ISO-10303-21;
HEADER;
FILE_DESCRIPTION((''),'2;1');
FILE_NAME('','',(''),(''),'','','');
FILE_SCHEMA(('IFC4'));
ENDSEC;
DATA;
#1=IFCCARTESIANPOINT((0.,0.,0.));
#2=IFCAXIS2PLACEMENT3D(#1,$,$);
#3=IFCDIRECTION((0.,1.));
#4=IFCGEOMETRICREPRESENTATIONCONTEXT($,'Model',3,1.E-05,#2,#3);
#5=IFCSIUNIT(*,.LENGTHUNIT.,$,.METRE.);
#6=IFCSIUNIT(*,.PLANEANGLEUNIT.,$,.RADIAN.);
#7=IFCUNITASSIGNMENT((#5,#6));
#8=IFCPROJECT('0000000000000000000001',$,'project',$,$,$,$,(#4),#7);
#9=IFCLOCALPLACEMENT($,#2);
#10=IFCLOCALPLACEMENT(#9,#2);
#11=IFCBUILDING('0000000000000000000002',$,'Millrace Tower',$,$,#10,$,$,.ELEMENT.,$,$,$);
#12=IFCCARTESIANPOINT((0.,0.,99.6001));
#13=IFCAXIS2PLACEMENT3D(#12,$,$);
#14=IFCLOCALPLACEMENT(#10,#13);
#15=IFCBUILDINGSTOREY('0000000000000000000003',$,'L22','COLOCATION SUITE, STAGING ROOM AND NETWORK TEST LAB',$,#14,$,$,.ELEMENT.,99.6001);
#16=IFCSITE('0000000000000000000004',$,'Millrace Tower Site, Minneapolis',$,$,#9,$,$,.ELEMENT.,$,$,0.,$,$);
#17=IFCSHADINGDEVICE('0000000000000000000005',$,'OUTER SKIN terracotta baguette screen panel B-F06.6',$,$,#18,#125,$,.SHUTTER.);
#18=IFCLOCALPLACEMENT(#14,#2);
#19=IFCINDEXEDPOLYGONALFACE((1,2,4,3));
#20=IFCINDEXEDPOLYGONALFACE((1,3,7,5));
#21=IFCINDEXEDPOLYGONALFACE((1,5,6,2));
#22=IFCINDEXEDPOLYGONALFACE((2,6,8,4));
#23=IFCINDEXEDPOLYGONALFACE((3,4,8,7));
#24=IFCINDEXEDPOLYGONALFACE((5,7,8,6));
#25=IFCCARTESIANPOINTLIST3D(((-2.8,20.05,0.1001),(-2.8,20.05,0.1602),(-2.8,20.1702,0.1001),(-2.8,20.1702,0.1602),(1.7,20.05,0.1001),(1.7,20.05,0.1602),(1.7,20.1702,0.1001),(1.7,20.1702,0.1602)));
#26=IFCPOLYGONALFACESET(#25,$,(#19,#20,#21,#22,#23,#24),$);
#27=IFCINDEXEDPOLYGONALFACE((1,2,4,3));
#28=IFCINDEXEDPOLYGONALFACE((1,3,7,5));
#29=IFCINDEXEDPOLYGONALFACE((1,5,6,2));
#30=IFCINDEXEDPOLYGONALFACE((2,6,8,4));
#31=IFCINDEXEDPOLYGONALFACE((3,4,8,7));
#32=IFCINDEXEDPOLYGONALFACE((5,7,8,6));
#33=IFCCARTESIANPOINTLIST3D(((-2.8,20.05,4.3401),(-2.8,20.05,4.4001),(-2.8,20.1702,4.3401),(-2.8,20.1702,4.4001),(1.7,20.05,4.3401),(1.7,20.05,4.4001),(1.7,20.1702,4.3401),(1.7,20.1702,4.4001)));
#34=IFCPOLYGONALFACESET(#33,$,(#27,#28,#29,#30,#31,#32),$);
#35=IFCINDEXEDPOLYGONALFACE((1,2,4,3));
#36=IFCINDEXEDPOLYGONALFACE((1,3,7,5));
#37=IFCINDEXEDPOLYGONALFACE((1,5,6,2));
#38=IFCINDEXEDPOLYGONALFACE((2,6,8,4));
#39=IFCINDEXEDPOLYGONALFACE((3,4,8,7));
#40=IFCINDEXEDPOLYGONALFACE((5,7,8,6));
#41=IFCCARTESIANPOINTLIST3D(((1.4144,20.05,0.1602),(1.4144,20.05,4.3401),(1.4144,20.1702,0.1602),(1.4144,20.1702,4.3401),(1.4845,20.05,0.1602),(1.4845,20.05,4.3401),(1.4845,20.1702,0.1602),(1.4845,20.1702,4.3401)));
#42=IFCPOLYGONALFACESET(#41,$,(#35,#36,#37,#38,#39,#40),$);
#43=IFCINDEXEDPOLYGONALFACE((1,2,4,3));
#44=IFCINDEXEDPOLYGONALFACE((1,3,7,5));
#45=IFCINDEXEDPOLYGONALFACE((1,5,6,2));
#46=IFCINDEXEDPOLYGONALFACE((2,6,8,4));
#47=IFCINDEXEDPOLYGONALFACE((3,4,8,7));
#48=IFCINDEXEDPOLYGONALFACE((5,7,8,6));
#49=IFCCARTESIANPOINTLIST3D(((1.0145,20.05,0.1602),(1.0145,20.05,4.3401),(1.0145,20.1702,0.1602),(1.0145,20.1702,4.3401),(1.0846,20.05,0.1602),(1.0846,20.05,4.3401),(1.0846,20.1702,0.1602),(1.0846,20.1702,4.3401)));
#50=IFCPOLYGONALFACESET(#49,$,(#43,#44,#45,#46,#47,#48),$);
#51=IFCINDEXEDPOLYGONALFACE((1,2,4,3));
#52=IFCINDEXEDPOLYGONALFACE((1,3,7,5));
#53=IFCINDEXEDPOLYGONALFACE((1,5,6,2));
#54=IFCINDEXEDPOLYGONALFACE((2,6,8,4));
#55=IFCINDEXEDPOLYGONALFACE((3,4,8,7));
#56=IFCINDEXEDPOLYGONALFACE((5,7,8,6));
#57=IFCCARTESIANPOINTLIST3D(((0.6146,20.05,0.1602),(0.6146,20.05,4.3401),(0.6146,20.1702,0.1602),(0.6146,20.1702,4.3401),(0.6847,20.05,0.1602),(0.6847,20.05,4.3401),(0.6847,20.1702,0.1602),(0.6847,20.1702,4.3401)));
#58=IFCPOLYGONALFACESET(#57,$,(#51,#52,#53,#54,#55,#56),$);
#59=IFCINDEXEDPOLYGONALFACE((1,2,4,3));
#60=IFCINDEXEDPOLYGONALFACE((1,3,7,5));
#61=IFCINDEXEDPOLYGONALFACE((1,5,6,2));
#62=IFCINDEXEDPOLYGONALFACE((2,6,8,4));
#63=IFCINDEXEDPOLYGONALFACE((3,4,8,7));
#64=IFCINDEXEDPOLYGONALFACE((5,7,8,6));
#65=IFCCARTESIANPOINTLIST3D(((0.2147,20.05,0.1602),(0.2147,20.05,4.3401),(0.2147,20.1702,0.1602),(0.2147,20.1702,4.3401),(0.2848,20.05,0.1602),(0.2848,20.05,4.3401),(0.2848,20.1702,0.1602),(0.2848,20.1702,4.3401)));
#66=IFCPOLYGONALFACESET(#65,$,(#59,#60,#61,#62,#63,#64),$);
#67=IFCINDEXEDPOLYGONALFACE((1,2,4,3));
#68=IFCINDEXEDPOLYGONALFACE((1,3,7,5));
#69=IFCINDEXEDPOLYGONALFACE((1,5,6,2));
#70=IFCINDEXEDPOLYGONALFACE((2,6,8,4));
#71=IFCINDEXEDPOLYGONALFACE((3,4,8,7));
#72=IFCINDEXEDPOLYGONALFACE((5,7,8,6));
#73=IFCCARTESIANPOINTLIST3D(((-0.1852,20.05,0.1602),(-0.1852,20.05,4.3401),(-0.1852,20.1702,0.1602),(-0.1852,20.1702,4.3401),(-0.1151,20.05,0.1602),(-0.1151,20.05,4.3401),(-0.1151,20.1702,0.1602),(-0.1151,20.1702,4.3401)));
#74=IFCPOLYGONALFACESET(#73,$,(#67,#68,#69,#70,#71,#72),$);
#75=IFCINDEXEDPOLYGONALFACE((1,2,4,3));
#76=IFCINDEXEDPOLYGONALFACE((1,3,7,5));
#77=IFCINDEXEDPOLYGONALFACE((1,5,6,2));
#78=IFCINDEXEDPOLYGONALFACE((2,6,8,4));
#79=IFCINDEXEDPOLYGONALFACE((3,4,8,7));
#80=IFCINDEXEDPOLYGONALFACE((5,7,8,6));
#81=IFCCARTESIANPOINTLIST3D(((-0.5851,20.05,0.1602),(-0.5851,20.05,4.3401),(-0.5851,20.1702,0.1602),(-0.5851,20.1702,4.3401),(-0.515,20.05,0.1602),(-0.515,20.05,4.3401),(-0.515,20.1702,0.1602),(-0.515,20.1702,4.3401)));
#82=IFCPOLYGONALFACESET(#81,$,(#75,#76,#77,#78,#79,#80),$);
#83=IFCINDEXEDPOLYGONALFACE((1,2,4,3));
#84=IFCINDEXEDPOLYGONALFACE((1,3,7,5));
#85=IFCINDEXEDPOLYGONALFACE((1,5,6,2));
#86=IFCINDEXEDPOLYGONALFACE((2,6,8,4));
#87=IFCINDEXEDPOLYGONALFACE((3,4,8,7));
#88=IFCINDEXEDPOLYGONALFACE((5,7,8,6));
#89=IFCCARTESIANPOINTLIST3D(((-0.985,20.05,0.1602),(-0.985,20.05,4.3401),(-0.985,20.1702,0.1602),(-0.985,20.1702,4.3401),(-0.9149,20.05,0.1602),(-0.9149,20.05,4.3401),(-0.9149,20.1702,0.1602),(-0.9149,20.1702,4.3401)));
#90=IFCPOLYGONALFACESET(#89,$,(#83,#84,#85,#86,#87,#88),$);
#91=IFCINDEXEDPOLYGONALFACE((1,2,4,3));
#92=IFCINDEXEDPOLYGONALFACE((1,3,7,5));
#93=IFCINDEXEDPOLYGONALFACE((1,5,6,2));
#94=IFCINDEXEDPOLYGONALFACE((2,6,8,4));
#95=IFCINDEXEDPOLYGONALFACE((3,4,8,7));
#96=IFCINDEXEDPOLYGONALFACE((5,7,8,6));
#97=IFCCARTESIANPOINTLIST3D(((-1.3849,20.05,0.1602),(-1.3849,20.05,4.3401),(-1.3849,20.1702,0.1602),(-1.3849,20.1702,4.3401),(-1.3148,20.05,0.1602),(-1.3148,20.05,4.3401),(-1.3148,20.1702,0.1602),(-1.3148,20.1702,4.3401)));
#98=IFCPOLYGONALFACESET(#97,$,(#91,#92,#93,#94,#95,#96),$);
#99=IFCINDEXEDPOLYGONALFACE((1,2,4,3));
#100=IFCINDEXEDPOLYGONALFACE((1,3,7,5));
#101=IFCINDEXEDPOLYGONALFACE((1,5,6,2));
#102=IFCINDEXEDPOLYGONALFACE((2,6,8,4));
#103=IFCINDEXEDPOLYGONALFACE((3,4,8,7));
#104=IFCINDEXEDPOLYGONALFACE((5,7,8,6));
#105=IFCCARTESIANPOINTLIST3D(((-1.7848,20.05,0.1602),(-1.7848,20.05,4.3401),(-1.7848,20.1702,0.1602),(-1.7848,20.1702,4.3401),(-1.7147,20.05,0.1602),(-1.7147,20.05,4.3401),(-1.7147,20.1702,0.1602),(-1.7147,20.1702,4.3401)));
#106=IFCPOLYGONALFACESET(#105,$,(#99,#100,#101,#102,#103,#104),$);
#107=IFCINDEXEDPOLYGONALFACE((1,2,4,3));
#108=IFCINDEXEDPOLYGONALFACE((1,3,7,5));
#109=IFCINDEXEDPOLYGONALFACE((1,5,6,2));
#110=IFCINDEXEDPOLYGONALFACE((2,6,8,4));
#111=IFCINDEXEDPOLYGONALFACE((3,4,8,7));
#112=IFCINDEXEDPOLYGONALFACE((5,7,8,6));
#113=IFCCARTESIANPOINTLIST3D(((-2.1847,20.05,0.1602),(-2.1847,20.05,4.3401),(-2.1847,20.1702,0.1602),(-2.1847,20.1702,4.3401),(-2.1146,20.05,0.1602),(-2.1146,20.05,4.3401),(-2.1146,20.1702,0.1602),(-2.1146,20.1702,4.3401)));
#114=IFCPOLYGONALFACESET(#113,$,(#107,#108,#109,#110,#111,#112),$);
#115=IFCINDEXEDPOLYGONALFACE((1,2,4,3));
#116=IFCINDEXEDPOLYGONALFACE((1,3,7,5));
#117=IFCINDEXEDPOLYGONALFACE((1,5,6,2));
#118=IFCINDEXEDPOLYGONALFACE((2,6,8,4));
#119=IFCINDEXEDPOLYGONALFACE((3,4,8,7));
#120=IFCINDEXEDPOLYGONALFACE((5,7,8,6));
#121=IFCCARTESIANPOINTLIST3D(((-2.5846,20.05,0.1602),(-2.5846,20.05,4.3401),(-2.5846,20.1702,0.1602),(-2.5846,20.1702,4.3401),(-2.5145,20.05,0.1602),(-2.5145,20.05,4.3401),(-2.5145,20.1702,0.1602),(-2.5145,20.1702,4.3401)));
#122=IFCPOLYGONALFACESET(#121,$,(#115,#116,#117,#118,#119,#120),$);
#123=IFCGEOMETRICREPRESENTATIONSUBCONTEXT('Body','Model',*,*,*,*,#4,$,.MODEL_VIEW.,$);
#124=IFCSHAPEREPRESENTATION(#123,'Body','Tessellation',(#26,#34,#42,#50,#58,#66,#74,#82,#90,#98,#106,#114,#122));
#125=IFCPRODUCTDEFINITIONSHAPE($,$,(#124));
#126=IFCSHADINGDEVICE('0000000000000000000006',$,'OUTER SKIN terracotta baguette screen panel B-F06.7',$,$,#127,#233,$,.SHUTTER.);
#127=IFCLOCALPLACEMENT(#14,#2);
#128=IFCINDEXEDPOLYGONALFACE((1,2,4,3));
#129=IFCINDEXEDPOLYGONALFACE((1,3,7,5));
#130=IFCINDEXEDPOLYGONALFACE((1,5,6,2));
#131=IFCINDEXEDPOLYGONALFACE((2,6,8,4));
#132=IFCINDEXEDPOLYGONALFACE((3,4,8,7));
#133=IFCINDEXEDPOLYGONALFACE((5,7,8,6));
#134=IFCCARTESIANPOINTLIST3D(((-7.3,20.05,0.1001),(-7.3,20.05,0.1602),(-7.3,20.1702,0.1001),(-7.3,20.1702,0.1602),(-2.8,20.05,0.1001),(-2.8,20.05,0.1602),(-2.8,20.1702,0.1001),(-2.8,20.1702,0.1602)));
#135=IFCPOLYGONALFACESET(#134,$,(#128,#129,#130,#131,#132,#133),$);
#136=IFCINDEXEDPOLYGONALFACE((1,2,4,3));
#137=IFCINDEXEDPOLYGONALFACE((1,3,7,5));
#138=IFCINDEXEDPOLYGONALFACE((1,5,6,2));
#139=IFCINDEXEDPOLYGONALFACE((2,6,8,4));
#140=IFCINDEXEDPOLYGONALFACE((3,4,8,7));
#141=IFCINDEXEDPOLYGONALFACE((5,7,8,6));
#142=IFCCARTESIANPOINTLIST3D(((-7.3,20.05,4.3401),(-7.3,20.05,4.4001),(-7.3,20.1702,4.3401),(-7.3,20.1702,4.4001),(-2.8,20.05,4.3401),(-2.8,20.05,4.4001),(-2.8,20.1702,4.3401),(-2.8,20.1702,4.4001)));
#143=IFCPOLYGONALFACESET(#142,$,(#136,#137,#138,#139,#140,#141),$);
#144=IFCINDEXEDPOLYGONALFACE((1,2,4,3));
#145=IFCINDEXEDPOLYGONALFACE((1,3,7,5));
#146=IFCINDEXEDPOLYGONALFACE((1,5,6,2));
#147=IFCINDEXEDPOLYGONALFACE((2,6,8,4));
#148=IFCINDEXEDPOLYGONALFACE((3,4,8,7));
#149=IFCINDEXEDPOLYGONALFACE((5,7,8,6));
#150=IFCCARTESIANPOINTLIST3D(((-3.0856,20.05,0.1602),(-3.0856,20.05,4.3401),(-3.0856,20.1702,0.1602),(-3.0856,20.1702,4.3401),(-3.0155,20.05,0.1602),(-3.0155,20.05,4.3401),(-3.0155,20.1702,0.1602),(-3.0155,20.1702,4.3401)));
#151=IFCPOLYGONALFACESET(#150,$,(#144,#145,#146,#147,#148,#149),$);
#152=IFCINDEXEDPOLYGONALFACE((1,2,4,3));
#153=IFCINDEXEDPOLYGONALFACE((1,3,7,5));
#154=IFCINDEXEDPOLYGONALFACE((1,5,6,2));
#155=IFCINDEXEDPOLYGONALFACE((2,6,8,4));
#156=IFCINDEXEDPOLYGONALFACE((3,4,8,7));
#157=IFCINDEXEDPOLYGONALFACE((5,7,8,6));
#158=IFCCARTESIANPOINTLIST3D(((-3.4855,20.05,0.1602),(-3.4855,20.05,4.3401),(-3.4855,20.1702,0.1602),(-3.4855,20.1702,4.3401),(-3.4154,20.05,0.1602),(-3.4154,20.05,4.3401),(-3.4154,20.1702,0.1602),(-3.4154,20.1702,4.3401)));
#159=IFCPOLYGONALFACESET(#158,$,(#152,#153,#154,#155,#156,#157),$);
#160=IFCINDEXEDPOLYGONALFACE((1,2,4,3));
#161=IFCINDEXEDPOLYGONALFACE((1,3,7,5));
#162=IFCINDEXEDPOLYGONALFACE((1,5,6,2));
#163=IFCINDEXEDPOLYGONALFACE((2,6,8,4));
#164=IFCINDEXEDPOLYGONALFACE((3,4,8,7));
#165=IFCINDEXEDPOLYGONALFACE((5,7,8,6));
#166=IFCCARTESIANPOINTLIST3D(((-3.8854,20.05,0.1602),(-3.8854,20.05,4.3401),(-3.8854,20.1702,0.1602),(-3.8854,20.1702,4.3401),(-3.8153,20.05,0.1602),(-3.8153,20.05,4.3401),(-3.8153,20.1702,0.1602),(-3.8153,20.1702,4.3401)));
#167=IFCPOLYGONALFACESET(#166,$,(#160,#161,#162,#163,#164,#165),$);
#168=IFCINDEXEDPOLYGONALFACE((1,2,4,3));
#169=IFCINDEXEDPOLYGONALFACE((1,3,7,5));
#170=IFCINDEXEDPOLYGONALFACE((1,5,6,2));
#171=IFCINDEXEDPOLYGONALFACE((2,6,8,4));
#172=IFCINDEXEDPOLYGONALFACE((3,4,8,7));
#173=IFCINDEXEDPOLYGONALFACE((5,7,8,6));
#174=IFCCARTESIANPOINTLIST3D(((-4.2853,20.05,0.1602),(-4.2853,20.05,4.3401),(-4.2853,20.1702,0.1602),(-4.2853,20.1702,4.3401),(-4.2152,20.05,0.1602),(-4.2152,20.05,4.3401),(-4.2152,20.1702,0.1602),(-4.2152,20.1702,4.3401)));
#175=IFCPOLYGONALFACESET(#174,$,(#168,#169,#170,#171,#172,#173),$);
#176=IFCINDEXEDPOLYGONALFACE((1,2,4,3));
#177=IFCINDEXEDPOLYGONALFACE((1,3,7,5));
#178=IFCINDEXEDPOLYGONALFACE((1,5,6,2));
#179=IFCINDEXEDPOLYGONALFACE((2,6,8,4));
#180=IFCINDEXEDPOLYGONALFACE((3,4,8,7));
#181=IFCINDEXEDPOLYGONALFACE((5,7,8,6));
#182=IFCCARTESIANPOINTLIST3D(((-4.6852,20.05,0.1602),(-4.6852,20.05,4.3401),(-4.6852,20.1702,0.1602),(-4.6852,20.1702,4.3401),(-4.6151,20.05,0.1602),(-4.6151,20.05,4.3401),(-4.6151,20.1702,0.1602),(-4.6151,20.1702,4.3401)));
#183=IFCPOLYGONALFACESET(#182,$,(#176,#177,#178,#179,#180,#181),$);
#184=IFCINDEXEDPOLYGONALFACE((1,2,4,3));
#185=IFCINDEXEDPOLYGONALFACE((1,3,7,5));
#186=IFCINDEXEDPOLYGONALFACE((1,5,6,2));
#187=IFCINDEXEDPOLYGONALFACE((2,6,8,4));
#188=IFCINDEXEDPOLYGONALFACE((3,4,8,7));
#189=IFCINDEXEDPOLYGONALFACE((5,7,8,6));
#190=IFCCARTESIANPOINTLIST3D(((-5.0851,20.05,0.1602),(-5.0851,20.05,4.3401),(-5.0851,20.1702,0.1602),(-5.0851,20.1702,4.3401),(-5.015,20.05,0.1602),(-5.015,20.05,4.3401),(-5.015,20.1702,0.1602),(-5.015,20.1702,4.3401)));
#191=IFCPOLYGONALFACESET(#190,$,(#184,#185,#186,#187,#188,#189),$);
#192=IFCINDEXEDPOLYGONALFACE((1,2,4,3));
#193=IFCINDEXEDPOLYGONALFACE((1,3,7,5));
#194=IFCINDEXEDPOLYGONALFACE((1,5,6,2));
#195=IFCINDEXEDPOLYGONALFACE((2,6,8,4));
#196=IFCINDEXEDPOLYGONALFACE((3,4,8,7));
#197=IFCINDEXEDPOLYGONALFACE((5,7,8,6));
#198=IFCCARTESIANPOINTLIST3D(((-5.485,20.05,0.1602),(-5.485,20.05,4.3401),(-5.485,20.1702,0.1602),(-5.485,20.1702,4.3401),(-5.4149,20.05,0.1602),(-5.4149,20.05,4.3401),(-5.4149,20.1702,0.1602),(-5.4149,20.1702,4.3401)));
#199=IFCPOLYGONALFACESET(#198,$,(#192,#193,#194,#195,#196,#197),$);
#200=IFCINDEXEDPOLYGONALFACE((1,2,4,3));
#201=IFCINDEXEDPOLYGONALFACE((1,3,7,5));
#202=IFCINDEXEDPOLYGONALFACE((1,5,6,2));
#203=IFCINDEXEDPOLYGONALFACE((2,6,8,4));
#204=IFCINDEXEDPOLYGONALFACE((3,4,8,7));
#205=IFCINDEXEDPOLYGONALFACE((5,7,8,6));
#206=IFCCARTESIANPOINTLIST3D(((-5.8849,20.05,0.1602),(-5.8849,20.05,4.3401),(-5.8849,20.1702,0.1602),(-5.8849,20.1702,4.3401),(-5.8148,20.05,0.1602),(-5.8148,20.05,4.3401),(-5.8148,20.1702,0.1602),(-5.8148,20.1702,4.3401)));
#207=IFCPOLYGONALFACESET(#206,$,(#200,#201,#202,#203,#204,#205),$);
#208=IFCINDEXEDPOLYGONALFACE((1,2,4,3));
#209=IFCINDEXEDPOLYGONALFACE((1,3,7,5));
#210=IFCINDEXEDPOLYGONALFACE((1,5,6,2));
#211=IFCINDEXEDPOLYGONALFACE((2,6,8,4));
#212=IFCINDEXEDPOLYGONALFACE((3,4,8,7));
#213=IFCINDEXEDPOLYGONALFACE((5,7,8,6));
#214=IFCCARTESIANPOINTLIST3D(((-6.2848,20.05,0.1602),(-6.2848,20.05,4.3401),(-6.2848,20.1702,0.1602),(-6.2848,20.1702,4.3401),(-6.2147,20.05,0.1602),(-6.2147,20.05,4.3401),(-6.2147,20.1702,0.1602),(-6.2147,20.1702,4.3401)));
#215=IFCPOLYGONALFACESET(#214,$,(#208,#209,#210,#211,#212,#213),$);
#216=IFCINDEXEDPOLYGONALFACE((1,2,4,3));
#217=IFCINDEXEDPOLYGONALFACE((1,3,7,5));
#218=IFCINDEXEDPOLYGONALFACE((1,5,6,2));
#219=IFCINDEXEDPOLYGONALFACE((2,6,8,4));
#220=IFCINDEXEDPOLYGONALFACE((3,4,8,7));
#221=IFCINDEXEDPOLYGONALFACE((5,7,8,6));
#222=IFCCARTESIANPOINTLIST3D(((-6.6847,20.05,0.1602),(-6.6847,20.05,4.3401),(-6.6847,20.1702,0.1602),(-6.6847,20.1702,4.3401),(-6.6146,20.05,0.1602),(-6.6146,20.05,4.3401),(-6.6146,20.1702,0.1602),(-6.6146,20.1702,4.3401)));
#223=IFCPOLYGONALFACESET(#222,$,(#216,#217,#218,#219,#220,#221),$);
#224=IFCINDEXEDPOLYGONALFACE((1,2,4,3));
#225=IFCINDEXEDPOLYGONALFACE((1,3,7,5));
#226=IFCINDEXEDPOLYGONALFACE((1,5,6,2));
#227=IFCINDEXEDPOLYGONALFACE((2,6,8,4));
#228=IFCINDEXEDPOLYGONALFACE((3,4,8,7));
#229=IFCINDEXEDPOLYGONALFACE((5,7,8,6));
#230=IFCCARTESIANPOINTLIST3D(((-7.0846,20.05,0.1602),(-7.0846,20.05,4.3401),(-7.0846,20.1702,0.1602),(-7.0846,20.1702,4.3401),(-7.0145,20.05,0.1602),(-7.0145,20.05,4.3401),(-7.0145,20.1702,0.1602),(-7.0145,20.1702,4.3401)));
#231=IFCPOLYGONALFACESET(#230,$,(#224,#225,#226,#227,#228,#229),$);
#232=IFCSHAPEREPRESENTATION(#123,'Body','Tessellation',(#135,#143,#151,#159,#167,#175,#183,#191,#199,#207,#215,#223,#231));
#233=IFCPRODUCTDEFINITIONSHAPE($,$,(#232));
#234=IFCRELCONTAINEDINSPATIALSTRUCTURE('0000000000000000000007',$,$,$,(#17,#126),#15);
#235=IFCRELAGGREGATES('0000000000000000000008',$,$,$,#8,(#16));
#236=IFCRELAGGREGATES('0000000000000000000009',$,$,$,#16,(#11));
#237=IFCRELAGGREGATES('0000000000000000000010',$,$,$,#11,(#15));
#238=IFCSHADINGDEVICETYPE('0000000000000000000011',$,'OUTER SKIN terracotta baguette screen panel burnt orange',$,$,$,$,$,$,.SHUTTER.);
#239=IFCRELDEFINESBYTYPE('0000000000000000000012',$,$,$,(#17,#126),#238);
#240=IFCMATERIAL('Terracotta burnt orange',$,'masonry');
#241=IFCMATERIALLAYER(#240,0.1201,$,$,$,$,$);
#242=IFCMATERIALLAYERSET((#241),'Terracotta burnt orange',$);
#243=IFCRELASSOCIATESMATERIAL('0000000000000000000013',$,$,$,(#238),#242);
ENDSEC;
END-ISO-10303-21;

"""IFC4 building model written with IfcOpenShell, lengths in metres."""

from ifc_helpers import new_model, entity, si_unit, direction, frame, frame_2d, origin, origin_2d, place, context, subcontext, project, spatial, rectangle, extrude, source, transform, mapped, material, layer, layer_set, type_object, element, save


model = new_model("IFC4")

# Units and contexts
model_context = context("Model", 3, precision=1e-05, world=origin(), true_north=direction((0.0, 1.0)))
body_context = subcontext(model_context, "Body", "Model", "MODEL_VIEW")
ifc_project = project(units=[si_unit("LENGTHUNIT", "METRE"), si_unit("PLANEANGLEUNIT", "RADIAN")], contexts=[model_context])

# Site, building, storey
site_placement = place(None, origin())
site = spatial("IfcSite", under=ifc_project, at=site_placement, Name="Millrace Tower Site, Minneapolis", CompositionType="ELEMENT", RefElevation=0.0)
building_placement = place(site_placement, origin())
building = spatial("IfcBuilding", under=site, at=building_placement, Name="Millrace Tower", CompositionType="ELEMENT")
storey_placement = place(building_placement, frame((0.0, 0.0, 99.6001)))
storey = spatial("IfcBuildingStorey", under=building, at=storey_placement, Name="L22", Description="COLOCATION SUITE, STAGING ROOM AND NETWORK TEST LAB", CompositionType="ELEMENT", Elevation=99.6001)

# Shading devices
ifc_material_1 = material(Name="Terracotta burnt orange", Category="masonry")
ifc_layer_1 = layer(ifc_material_1, 0.1201)
ifc_layer_set_1 = layer_set([ifc_layer_1], Name="Terracotta burnt orange")
shading_device_type = type_object("IfcShadingDeviceType", Name="OUTER SKIN terracotta baguette screen panel burnt orange", PredefinedType="SHUTTER", material=ifc_layer_set_1)
cartesian_point = entity("IfcCartesianPoint", [-2.25, 0.0601])
shared_polyline = entity("IfcPolyline", [cartesian_point, entity("IfcCartesianPoint", [2.25, 0.0601]), entity("IfcCartesianPoint", [2.25, -0.0601]), entity("IfcCartesianPoint", [-2.25, -0.0601]), cartesian_point])
shared_shape = source(origin(), body_context, "Body", "SweptSolid", [
    entity("IfcExtrudedAreaSolid", entity("IfcArbitraryClosedProfileDef", "AREA", None, shared_polyline), entity("IfcAxis2Placement3D", entity("IfcCartesianPoint", [0.0, 0.0, 0.0])), entity("IfcDirection", [0.0, 0.0, 1.0]), 0.0601),
    entity("IfcExtrudedAreaSolid", entity("IfcArbitraryClosedProfileDef", "AREA", None, shared_polyline), entity("IfcAxis2Placement3D", entity("IfcCartesianPoint", [0.0, 0.0, 4.24])), entity("IfcDirection", [0.0, 0.0, 1.0]), 0.0601),
    extrude(rectangle(XDim=0.0701, YDim=0.1201, at=frame_2d((-1.9995, 0.0))), frame((0.0, 0.0, 0.0601)), (0.0, 0.0, 1.0), 4.1799),
    extrude(rectangle(XDim=0.0701, YDim=0.1201, at=frame_2d((-1.5996, 0.0))), frame((0.0, 0.0, 0.0601)), (0.0, 0.0, 1.0), 4.1799),
    extrude(rectangle(XDim=0.0701, YDim=0.1201, at=frame_2d((-1.1997, 0.0))), frame((0.0, 0.0, 0.0601)), (0.0, 0.0, 1.0), 4.1799),
    extrude(rectangle(XDim=0.0701, YDim=0.1201, at=frame_2d((-0.7998, 0.0))), frame((0.0, 0.0, 0.0601)), (0.0, 0.0, 1.0), 4.1799),
    extrude(rectangle(XDim=0.0701, YDim=0.1201, at=frame_2d((-0.3999, 0.0))), frame((0.0, 0.0, 0.0601)), (0.0, 0.0, 1.0), 4.1799),
    extrude(rectangle(XDim=0.0701, YDim=0.1201, at=origin_2d()), frame((0.0, 0.0, 0.0601)), (0.0, 0.0, 1.0), 4.1799),
    extrude(rectangle(XDim=0.0701, YDim=0.1201, at=frame_2d((0.3999, 0.0))), frame((0.0, 0.0, 0.0601)), (0.0, 0.0, 1.0), 4.1799),
    extrude(rectangle(XDim=0.0701, YDim=0.1201, at=frame_2d((0.7998, 0.0))), frame((0.0, 0.0, 0.0601)), (0.0, 0.0, 1.0), 4.1799),
    extrude(rectangle(XDim=0.0701, YDim=0.1201, at=frame_2d((1.1997, 0.0))), frame((0.0, 0.0, 0.0601)), (0.0, 0.0, 1.0), 4.1799),
    extrude(rectangle(XDim=0.0701, YDim=0.1201, at=frame_2d((1.5996, 0.0))), frame((0.0, 0.0, 0.0601)), (0.0, 0.0, 1.0), 4.1799),
    extrude(rectangle(XDim=0.0701, YDim=0.1201, at=frame_2d((1.9995, 0.0))), frame((0.0, 0.0, 0.0601)), (0.0, 0.0, 1.0), 4.1799),
])
for number, where, z_axis, x_axis, name in (
    (1, (-0.55, 20.1101, 0.1001), (0.0, 0.0, 1.0), (-1.0, 0.0, 0.0), "OUTER SKIN terracotta baguette screen panel B-F06.6"),
    (2, (-5.05, 20.1101, 0.1001), (0.0, 0.0, 1.0), (-1.0, 0.0, 0.0), "OUTER SKIN terracotta baguette screen panel B-F06.7"),
):
    element("IfcShadingDevice", number, at=place(storey_placement, frame(where, z_axis=z_axis, x_axis=x_axis)), inside=storey, type_object=shading_device_type, Name=name, PredefinedType="SHUTTER", context=body_context, shape_type="MappedRepresentation", body=[
        mapped(shared_shape, transform((0.0, 0.0, 0.0), scale=1.0)),
    ])

save(model, "model.ifc")
